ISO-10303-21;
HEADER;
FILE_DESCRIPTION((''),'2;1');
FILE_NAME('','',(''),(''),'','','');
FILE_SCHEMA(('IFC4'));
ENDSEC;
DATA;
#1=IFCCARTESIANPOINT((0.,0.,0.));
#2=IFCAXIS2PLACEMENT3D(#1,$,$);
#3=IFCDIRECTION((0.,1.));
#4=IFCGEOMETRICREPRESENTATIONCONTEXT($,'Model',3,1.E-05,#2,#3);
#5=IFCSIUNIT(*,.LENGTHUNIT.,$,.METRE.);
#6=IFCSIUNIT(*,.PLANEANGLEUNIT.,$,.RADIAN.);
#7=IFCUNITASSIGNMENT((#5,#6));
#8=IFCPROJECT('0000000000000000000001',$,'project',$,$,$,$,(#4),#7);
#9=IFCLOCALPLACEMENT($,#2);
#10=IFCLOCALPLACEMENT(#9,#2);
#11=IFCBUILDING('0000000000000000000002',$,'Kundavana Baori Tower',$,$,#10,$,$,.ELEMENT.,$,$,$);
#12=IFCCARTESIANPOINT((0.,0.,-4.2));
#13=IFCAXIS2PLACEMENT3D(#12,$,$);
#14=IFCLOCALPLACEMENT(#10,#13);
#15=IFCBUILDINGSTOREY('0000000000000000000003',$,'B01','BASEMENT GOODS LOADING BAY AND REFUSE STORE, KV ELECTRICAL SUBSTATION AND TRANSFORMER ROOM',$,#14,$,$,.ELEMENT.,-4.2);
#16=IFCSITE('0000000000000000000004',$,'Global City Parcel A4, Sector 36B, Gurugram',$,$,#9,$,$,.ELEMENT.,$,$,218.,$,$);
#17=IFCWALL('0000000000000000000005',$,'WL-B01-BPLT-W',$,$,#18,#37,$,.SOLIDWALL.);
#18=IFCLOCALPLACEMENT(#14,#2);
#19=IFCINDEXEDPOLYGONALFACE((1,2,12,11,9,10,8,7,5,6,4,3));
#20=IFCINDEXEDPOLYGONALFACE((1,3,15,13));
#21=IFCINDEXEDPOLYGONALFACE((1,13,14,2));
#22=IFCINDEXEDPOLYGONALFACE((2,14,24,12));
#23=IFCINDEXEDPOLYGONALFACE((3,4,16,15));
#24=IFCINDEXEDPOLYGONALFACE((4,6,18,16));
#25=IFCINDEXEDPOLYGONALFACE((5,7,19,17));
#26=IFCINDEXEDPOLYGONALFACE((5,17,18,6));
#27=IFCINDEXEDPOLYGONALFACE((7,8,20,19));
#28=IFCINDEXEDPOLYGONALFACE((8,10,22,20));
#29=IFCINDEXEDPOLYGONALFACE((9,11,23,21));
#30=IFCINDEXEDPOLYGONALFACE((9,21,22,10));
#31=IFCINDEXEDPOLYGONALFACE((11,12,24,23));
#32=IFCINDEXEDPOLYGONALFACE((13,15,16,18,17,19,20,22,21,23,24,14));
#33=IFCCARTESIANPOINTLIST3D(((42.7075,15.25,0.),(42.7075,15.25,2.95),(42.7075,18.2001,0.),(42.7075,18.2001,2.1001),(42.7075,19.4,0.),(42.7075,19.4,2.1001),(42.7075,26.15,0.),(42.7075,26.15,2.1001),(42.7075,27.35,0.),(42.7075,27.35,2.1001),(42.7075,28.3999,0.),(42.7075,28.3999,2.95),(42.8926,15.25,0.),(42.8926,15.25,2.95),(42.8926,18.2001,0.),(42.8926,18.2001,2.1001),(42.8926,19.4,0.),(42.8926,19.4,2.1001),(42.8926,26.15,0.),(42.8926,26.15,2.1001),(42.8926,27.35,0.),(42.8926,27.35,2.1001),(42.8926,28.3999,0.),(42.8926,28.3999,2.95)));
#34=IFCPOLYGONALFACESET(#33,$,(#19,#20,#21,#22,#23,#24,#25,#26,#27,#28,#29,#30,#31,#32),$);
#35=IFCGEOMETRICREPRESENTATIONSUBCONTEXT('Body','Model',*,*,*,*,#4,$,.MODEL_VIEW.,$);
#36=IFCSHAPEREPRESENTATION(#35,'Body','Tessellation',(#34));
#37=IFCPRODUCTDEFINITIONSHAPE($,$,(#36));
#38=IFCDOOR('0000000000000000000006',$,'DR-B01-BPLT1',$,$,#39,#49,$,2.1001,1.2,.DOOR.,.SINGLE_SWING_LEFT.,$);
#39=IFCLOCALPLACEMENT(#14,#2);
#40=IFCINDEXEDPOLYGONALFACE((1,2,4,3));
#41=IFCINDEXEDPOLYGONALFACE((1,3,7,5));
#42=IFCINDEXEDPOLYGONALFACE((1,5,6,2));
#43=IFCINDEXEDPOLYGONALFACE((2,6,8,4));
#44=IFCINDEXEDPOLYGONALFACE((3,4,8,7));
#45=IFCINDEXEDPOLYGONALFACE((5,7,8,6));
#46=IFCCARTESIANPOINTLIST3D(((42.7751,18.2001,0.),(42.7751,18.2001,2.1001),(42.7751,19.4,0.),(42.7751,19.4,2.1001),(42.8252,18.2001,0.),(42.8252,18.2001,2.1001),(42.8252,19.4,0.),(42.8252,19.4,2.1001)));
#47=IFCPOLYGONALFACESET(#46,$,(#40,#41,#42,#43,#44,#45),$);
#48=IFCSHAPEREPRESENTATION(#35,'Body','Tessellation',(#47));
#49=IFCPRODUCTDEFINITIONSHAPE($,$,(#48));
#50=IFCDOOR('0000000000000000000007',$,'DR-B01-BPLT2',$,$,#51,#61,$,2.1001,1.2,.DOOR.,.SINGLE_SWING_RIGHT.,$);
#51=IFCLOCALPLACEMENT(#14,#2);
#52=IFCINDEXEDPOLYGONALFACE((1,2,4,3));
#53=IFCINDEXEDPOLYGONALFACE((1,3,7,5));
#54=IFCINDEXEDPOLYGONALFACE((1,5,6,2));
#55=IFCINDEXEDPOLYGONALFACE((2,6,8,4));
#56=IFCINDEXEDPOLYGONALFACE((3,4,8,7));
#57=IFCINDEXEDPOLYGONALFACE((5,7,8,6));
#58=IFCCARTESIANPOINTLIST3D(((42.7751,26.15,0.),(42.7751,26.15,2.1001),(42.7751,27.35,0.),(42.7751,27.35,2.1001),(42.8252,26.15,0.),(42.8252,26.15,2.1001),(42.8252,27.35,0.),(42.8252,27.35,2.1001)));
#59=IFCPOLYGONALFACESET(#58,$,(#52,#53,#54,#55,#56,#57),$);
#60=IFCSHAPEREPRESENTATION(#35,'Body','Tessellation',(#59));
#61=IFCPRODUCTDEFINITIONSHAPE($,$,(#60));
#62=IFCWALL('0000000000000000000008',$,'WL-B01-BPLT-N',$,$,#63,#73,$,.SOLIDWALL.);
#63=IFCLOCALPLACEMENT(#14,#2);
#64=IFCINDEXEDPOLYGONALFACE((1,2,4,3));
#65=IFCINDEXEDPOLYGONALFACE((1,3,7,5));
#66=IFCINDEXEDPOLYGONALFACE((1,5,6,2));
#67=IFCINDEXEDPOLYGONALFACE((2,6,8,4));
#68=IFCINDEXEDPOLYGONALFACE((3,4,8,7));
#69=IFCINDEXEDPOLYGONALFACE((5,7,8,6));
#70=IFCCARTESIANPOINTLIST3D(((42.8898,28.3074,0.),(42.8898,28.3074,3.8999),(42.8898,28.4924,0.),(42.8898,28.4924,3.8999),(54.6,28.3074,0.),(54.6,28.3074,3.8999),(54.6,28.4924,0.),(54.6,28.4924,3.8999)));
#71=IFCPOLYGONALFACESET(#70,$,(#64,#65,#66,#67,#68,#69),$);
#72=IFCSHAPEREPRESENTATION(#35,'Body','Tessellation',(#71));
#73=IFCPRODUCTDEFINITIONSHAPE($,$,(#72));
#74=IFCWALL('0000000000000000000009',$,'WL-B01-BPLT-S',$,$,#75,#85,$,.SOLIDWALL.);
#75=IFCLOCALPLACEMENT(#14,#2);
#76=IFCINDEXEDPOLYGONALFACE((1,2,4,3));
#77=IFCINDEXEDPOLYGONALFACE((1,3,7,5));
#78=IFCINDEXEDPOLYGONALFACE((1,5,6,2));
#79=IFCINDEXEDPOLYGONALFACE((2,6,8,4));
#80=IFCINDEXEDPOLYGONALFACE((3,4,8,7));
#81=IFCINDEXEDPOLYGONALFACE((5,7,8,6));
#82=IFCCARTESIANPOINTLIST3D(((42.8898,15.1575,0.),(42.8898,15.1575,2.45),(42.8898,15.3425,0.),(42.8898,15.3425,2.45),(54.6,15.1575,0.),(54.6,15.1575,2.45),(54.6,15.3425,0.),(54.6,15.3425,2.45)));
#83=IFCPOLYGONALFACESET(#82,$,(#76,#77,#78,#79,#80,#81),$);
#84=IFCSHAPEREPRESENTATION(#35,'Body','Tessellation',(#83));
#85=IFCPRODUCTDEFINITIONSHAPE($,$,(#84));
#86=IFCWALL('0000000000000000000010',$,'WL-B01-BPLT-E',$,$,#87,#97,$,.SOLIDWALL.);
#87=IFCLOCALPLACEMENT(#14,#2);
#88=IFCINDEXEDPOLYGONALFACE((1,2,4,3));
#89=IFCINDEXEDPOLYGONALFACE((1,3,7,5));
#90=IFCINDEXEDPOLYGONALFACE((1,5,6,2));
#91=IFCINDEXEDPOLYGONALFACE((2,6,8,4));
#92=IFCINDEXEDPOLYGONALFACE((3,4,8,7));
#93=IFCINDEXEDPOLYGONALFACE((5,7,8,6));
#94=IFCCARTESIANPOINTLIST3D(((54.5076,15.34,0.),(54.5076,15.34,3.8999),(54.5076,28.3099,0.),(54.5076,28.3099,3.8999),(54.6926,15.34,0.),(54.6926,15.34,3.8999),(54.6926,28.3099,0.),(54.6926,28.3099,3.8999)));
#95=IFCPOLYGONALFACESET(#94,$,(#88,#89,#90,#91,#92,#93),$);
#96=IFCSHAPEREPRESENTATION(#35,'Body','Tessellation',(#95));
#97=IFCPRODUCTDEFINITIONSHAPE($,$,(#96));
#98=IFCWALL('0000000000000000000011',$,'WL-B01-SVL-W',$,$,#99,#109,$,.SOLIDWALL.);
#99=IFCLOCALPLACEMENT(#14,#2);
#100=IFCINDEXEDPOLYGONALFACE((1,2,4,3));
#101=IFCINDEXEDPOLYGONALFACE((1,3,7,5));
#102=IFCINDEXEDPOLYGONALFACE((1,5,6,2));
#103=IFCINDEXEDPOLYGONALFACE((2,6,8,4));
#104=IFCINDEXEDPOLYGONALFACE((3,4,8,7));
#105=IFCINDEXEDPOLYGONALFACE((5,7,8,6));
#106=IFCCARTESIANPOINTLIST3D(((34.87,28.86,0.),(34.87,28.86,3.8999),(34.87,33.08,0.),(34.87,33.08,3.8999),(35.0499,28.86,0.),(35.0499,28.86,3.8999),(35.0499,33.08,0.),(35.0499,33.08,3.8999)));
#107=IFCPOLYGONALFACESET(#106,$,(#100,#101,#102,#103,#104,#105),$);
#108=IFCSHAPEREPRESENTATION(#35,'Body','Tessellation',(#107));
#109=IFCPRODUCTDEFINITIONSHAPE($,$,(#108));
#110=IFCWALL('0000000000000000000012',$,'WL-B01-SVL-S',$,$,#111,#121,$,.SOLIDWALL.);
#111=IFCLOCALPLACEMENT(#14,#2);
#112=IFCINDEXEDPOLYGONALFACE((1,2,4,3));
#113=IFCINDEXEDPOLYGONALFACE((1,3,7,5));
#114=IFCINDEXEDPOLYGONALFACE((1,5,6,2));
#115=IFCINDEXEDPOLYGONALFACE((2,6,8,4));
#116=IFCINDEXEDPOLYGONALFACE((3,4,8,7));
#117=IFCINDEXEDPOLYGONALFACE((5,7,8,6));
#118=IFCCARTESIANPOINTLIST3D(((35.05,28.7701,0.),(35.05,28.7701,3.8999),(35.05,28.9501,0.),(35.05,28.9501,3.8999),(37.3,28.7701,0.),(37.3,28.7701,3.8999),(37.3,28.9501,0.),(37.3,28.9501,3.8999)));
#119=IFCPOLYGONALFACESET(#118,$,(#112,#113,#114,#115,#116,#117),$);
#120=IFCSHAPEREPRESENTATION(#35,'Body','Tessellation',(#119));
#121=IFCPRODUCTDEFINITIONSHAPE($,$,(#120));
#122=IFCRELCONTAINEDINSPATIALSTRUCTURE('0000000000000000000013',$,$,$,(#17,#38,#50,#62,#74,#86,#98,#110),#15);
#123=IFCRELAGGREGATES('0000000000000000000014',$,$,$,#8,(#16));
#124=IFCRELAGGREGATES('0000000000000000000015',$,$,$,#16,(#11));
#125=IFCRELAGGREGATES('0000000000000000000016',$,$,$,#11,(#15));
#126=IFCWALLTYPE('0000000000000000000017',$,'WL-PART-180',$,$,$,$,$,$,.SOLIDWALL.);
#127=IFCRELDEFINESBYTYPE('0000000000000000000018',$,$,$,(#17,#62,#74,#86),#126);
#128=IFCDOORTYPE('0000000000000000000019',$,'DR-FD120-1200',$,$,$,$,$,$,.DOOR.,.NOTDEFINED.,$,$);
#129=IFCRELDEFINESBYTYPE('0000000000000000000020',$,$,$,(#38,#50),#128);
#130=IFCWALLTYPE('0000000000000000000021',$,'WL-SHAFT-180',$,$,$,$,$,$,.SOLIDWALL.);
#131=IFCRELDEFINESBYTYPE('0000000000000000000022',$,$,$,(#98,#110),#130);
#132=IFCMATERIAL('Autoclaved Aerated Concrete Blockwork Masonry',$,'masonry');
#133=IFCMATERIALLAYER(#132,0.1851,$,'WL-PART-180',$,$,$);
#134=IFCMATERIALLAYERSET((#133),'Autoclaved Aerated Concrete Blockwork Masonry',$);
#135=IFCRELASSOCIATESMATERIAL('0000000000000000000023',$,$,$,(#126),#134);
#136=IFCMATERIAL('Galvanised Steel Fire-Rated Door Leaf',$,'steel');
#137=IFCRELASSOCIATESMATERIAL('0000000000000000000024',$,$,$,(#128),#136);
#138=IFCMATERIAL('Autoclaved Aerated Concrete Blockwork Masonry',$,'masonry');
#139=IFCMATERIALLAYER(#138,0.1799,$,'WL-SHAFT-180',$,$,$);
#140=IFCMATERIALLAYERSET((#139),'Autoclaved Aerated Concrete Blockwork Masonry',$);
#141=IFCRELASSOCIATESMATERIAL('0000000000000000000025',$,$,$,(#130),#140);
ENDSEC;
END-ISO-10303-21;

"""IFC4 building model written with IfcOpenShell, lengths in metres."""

from ifc_helpers import new_model, si_unit, direction, frame, frame_2d, origin, place, context, subcontext, project, spatial, rectangle, extrude, material, layer, layer_set, type_object, element, fill, save


model = new_model("IFC4")

# Units and contexts
model_context = context("Model", 3, precision=1e-05, world=origin(), true_north=direction((0.0, 1.0)))
body_context = subcontext(model_context, "Body", "Model", "MODEL_VIEW")
ifc_project = project(units=[si_unit("LENGTHUNIT", "METRE"), si_unit("PLANEANGLEUNIT", "RADIAN")], contexts=[model_context])

# Site, building, storey
site_placement = place(None, origin())
site = spatial("IfcSite", under=ifc_project, at=site_placement, Name="Global City Parcel A4, Sector 36B, Gurugram", CompositionType="ELEMENT", RefElevation=218.0)
building_placement = place(site_placement, origin())
building = spatial("IfcBuilding", under=site, at=building_placement, Name="Kundavana Baori Tower", CompositionType="ELEMENT")
storey_placement = place(building_placement, frame((0.0, 0.0, -4.2)))
storey = spatial("IfcBuildingStorey", under=building, at=storey_placement, Name="B01", Description="BASEMENT GOODS LOADING BAY AND REFUSE STORE, KV ELECTRICAL SUBSTATION AND TRANSFORMER ROOM", CompositionType="ELEMENT", Elevation=-4.2)

# Wall, openings, doors
ifc_material_1 = material(Name="Autoclaved Aerated Concrete Blockwork Masonry", Category="masonry")
ifc_layer_1 = layer(ifc_material_1, 0.1851, Name="WL-PART-180")
ifc_layer_set_1 = layer_set([ifc_layer_1], Name="Autoclaved Aerated Concrete Blockwork Masonry")
wall_type_1 = type_object("IfcWallType", Name="WL-PART-180", PredefinedType="SOLIDWALL", material=ifc_layer_set_1)
wall_1_placement = place(storey_placement, frame((42.8, 15.25, 0.0), z_axis=(0.0, 0.0, 1.0), x_axis=(0.0, 1.0, 0.0)))
wall_1 = element("IfcWall", 1, at=wall_1_placement, inside=storey, type_object=wall_type_1, Name="WL-B01-BPLT-W", PredefinedType="SOLIDWALL", context=body_context, shape_type="SweptSolid", body=[
    extrude(rectangle(XDim=13.1499, YDim=0.1851, at=frame_2d((6.575, 0.0))), origin(), (0.0, 0.0, 1.0), 2.95),
])
opening_1_placement = place(wall_1_placement, frame((2.95, 0.0, 0.0)))
opening_1 = element("IfcOpeningElement", 2, at=opening_1_placement, cuts=wall_1, PredefinedType="OPENING", context=body_context, shape_type="SweptSolid", body=[
    extrude(rectangle(XDim=1.2, YDim=2.1001, at=frame_2d((0.6001, 1.05))), frame((0.0, 0.1025, 0.0), z_axis=(0.0, -1.0, 0.0), x_axis=(1.0, 0.0, 0.0)), (0.0, 0.0, 1.0), 0.2051),
])
opening_2_placement = place(wall_1_placement, frame((10.8999, 0.0, 0.0)))
opening_2 = element("IfcOpeningElement", 3, at=opening_2_placement, cuts=wall_1, PredefinedType="OPENING", context=body_context, shape_type="SweptSolid", body=[
    extrude(rectangle(XDim=1.2, YDim=2.1001, at=frame_2d((0.6001, 1.05))), frame((0.0, 0.1025, 0.0), z_axis=(0.0, -1.0, 0.0), x_axis=(1.0, 0.0, 0.0)), (0.0, 0.0, 1.0), 0.2051),
])
ifc_material_2 = material(Name="Galvanised Steel Fire-Rated Door Leaf", Category="steel")
door_type = type_object("IfcDoorType", Name="DR-FD120-1200", OperationType="NOTDEFINED", PredefinedType="DOOR", material=ifc_material_2)
door_1_placement = place(opening_1_placement, origin())
door_1 = element("IfcDoor", 4, at=door_1_placement, inside=storey, type_object=door_type, Name="DR-B01-BPLT1", OperationType="SINGLE_SWING_LEFT", OverallHeight=2.1001, OverallWidth=1.2, PredefinedType="DOOR", context=body_context, shape_type="SweptSolid", body=[
    extrude(rectangle(XDim=1.2, YDim=2.1001, at=frame_2d((0.6001, 1.05))), frame((0.0, 0.0249, 0.0), z_axis=(0.0, -1.0, 0.0), x_axis=(1.0, 0.0, 0.0)), (0.0, 0.0, 1.0), 0.05),
])
fill(opening_1, door_1)
door_2_placement = place(opening_2_placement, origin())
door_2 = element("IfcDoor", 5, at=door_2_placement, inside=storey, type_object=door_type, Name="DR-B01-BPLT2", OperationType="SINGLE_SWING_RIGHT", OverallHeight=2.1001, OverallWidth=1.2, PredefinedType="DOOR", context=body_context, shape_type="SweptSolid", body=[
    extrude(rectangle(XDim=1.2, YDim=2.1001, at=frame_2d((0.6001, 1.05))), frame((0.0, 0.0249, 0.0), z_axis=(0.0, -1.0, 0.0), x_axis=(1.0, 0.0, 0.0)), (0.0, 0.0, 1.0), 0.05),
])
fill(opening_2, door_2)

# Walls
wall_2_placement = place(storey_placement, frame((42.8899, 28.3999, 0.0), z_axis=(0.0, 0.0, 1.0), x_axis=(1.0, 0.0, 0.0)))
element("IfcWall", 6, at=wall_2_placement, inside=storey, type_object=wall_type_1, Name="WL-B01-BPLT-N", PredefinedType="SOLIDWALL", context=body_context, shape_type="SweptSolid", body=[
    extrude(rectangle(XDim=11.7102, YDim=0.1851, at=frame_2d((5.855, 0.0))), origin(), (0.0, 0.0, 1.0), 3.8999),
])
wall_3_placement = place(storey_placement, frame((42.8899, 15.25, 0.0), z_axis=(0.0, 0.0, 1.0), x_axis=(1.0, 0.0, 0.0)))
element("IfcWall", 7, at=wall_3_placement, inside=storey, type_object=wall_type_1, Name="WL-B01-BPLT-S", PredefinedType="SOLIDWALL", context=body_context, shape_type="SweptSolid", body=[
    extrude(rectangle(XDim=11.7102, YDim=0.1851, at=frame_2d((5.855, 0.0))), origin(), (0.0, 0.0, 1.0), 2.45),
])
wall_4_placement = place(storey_placement, frame((54.6001, 15.3401, 0.0), z_axis=(0.0, 0.0, 1.0), x_axis=(0.0, 1.0, 0.0)))
element("IfcWall", 8, at=wall_4_placement, inside=storey, type_object=wall_type_1, Name="WL-B01-BPLT-E", PredefinedType="SOLIDWALL", context=body_context, shape_type="SweptSolid", body=[
    extrude(rectangle(XDim=12.97, YDim=0.1851, at=frame_2d((6.4849, 0.0))), origin(), (0.0, 0.0, 1.0), 3.8999),
])
ifc_material_3 = material(Name="Autoclaved Aerated Concrete Blockwork Masonry", Category="masonry")
ifc_layer_2 = layer(ifc_material_3, 0.1799, Name="WL-SHAFT-180")
ifc_layer_set_2 = layer_set([ifc_layer_2], Name="Autoclaved Aerated Concrete Blockwork Masonry")
wall_type_2 = type_object("IfcWallType", Name="WL-SHAFT-180", PredefinedType="SOLIDWALL", material=ifc_layer_set_2)
wall_5_placement = place(storey_placement, frame((34.96, 28.8601, 0.0), z_axis=(0.0, 0.0, 1.0), x_axis=(0.0, 1.0, 0.0)))
element("IfcWall", 9, at=wall_5_placement, inside=storey, type_object=wall_type_2, Name="WL-B01-SVL-W", PredefinedType="SOLIDWALL", context=body_context, shape_type="SweptSolid", body=[
    extrude(rectangle(XDim=4.22, YDim=0.1799, at=frame_2d((2.1099, 0.0))), origin(), (0.0, 0.0, 1.0), 3.8999),
])
wall_6_placement = place(storey_placement, frame((35.05, 28.8601, 0.0), z_axis=(0.0, 0.0, 1.0), x_axis=(1.0, 0.0, 0.0)))
element("IfcWall", 10, at=wall_6_placement, inside=storey, type_object=wall_type_2, Name="WL-B01-SVL-S", PredefinedType="SOLIDWALL", context=body_context, shape_type="SweptSolid", body=[
    extrude(rectangle(XDim=2.25, YDim=0.1799, at=frame_2d((1.125, 0.0))), origin(), (0.0, 0.0, 1.0), 3.8999),
])

save(model, "model.ifc")
